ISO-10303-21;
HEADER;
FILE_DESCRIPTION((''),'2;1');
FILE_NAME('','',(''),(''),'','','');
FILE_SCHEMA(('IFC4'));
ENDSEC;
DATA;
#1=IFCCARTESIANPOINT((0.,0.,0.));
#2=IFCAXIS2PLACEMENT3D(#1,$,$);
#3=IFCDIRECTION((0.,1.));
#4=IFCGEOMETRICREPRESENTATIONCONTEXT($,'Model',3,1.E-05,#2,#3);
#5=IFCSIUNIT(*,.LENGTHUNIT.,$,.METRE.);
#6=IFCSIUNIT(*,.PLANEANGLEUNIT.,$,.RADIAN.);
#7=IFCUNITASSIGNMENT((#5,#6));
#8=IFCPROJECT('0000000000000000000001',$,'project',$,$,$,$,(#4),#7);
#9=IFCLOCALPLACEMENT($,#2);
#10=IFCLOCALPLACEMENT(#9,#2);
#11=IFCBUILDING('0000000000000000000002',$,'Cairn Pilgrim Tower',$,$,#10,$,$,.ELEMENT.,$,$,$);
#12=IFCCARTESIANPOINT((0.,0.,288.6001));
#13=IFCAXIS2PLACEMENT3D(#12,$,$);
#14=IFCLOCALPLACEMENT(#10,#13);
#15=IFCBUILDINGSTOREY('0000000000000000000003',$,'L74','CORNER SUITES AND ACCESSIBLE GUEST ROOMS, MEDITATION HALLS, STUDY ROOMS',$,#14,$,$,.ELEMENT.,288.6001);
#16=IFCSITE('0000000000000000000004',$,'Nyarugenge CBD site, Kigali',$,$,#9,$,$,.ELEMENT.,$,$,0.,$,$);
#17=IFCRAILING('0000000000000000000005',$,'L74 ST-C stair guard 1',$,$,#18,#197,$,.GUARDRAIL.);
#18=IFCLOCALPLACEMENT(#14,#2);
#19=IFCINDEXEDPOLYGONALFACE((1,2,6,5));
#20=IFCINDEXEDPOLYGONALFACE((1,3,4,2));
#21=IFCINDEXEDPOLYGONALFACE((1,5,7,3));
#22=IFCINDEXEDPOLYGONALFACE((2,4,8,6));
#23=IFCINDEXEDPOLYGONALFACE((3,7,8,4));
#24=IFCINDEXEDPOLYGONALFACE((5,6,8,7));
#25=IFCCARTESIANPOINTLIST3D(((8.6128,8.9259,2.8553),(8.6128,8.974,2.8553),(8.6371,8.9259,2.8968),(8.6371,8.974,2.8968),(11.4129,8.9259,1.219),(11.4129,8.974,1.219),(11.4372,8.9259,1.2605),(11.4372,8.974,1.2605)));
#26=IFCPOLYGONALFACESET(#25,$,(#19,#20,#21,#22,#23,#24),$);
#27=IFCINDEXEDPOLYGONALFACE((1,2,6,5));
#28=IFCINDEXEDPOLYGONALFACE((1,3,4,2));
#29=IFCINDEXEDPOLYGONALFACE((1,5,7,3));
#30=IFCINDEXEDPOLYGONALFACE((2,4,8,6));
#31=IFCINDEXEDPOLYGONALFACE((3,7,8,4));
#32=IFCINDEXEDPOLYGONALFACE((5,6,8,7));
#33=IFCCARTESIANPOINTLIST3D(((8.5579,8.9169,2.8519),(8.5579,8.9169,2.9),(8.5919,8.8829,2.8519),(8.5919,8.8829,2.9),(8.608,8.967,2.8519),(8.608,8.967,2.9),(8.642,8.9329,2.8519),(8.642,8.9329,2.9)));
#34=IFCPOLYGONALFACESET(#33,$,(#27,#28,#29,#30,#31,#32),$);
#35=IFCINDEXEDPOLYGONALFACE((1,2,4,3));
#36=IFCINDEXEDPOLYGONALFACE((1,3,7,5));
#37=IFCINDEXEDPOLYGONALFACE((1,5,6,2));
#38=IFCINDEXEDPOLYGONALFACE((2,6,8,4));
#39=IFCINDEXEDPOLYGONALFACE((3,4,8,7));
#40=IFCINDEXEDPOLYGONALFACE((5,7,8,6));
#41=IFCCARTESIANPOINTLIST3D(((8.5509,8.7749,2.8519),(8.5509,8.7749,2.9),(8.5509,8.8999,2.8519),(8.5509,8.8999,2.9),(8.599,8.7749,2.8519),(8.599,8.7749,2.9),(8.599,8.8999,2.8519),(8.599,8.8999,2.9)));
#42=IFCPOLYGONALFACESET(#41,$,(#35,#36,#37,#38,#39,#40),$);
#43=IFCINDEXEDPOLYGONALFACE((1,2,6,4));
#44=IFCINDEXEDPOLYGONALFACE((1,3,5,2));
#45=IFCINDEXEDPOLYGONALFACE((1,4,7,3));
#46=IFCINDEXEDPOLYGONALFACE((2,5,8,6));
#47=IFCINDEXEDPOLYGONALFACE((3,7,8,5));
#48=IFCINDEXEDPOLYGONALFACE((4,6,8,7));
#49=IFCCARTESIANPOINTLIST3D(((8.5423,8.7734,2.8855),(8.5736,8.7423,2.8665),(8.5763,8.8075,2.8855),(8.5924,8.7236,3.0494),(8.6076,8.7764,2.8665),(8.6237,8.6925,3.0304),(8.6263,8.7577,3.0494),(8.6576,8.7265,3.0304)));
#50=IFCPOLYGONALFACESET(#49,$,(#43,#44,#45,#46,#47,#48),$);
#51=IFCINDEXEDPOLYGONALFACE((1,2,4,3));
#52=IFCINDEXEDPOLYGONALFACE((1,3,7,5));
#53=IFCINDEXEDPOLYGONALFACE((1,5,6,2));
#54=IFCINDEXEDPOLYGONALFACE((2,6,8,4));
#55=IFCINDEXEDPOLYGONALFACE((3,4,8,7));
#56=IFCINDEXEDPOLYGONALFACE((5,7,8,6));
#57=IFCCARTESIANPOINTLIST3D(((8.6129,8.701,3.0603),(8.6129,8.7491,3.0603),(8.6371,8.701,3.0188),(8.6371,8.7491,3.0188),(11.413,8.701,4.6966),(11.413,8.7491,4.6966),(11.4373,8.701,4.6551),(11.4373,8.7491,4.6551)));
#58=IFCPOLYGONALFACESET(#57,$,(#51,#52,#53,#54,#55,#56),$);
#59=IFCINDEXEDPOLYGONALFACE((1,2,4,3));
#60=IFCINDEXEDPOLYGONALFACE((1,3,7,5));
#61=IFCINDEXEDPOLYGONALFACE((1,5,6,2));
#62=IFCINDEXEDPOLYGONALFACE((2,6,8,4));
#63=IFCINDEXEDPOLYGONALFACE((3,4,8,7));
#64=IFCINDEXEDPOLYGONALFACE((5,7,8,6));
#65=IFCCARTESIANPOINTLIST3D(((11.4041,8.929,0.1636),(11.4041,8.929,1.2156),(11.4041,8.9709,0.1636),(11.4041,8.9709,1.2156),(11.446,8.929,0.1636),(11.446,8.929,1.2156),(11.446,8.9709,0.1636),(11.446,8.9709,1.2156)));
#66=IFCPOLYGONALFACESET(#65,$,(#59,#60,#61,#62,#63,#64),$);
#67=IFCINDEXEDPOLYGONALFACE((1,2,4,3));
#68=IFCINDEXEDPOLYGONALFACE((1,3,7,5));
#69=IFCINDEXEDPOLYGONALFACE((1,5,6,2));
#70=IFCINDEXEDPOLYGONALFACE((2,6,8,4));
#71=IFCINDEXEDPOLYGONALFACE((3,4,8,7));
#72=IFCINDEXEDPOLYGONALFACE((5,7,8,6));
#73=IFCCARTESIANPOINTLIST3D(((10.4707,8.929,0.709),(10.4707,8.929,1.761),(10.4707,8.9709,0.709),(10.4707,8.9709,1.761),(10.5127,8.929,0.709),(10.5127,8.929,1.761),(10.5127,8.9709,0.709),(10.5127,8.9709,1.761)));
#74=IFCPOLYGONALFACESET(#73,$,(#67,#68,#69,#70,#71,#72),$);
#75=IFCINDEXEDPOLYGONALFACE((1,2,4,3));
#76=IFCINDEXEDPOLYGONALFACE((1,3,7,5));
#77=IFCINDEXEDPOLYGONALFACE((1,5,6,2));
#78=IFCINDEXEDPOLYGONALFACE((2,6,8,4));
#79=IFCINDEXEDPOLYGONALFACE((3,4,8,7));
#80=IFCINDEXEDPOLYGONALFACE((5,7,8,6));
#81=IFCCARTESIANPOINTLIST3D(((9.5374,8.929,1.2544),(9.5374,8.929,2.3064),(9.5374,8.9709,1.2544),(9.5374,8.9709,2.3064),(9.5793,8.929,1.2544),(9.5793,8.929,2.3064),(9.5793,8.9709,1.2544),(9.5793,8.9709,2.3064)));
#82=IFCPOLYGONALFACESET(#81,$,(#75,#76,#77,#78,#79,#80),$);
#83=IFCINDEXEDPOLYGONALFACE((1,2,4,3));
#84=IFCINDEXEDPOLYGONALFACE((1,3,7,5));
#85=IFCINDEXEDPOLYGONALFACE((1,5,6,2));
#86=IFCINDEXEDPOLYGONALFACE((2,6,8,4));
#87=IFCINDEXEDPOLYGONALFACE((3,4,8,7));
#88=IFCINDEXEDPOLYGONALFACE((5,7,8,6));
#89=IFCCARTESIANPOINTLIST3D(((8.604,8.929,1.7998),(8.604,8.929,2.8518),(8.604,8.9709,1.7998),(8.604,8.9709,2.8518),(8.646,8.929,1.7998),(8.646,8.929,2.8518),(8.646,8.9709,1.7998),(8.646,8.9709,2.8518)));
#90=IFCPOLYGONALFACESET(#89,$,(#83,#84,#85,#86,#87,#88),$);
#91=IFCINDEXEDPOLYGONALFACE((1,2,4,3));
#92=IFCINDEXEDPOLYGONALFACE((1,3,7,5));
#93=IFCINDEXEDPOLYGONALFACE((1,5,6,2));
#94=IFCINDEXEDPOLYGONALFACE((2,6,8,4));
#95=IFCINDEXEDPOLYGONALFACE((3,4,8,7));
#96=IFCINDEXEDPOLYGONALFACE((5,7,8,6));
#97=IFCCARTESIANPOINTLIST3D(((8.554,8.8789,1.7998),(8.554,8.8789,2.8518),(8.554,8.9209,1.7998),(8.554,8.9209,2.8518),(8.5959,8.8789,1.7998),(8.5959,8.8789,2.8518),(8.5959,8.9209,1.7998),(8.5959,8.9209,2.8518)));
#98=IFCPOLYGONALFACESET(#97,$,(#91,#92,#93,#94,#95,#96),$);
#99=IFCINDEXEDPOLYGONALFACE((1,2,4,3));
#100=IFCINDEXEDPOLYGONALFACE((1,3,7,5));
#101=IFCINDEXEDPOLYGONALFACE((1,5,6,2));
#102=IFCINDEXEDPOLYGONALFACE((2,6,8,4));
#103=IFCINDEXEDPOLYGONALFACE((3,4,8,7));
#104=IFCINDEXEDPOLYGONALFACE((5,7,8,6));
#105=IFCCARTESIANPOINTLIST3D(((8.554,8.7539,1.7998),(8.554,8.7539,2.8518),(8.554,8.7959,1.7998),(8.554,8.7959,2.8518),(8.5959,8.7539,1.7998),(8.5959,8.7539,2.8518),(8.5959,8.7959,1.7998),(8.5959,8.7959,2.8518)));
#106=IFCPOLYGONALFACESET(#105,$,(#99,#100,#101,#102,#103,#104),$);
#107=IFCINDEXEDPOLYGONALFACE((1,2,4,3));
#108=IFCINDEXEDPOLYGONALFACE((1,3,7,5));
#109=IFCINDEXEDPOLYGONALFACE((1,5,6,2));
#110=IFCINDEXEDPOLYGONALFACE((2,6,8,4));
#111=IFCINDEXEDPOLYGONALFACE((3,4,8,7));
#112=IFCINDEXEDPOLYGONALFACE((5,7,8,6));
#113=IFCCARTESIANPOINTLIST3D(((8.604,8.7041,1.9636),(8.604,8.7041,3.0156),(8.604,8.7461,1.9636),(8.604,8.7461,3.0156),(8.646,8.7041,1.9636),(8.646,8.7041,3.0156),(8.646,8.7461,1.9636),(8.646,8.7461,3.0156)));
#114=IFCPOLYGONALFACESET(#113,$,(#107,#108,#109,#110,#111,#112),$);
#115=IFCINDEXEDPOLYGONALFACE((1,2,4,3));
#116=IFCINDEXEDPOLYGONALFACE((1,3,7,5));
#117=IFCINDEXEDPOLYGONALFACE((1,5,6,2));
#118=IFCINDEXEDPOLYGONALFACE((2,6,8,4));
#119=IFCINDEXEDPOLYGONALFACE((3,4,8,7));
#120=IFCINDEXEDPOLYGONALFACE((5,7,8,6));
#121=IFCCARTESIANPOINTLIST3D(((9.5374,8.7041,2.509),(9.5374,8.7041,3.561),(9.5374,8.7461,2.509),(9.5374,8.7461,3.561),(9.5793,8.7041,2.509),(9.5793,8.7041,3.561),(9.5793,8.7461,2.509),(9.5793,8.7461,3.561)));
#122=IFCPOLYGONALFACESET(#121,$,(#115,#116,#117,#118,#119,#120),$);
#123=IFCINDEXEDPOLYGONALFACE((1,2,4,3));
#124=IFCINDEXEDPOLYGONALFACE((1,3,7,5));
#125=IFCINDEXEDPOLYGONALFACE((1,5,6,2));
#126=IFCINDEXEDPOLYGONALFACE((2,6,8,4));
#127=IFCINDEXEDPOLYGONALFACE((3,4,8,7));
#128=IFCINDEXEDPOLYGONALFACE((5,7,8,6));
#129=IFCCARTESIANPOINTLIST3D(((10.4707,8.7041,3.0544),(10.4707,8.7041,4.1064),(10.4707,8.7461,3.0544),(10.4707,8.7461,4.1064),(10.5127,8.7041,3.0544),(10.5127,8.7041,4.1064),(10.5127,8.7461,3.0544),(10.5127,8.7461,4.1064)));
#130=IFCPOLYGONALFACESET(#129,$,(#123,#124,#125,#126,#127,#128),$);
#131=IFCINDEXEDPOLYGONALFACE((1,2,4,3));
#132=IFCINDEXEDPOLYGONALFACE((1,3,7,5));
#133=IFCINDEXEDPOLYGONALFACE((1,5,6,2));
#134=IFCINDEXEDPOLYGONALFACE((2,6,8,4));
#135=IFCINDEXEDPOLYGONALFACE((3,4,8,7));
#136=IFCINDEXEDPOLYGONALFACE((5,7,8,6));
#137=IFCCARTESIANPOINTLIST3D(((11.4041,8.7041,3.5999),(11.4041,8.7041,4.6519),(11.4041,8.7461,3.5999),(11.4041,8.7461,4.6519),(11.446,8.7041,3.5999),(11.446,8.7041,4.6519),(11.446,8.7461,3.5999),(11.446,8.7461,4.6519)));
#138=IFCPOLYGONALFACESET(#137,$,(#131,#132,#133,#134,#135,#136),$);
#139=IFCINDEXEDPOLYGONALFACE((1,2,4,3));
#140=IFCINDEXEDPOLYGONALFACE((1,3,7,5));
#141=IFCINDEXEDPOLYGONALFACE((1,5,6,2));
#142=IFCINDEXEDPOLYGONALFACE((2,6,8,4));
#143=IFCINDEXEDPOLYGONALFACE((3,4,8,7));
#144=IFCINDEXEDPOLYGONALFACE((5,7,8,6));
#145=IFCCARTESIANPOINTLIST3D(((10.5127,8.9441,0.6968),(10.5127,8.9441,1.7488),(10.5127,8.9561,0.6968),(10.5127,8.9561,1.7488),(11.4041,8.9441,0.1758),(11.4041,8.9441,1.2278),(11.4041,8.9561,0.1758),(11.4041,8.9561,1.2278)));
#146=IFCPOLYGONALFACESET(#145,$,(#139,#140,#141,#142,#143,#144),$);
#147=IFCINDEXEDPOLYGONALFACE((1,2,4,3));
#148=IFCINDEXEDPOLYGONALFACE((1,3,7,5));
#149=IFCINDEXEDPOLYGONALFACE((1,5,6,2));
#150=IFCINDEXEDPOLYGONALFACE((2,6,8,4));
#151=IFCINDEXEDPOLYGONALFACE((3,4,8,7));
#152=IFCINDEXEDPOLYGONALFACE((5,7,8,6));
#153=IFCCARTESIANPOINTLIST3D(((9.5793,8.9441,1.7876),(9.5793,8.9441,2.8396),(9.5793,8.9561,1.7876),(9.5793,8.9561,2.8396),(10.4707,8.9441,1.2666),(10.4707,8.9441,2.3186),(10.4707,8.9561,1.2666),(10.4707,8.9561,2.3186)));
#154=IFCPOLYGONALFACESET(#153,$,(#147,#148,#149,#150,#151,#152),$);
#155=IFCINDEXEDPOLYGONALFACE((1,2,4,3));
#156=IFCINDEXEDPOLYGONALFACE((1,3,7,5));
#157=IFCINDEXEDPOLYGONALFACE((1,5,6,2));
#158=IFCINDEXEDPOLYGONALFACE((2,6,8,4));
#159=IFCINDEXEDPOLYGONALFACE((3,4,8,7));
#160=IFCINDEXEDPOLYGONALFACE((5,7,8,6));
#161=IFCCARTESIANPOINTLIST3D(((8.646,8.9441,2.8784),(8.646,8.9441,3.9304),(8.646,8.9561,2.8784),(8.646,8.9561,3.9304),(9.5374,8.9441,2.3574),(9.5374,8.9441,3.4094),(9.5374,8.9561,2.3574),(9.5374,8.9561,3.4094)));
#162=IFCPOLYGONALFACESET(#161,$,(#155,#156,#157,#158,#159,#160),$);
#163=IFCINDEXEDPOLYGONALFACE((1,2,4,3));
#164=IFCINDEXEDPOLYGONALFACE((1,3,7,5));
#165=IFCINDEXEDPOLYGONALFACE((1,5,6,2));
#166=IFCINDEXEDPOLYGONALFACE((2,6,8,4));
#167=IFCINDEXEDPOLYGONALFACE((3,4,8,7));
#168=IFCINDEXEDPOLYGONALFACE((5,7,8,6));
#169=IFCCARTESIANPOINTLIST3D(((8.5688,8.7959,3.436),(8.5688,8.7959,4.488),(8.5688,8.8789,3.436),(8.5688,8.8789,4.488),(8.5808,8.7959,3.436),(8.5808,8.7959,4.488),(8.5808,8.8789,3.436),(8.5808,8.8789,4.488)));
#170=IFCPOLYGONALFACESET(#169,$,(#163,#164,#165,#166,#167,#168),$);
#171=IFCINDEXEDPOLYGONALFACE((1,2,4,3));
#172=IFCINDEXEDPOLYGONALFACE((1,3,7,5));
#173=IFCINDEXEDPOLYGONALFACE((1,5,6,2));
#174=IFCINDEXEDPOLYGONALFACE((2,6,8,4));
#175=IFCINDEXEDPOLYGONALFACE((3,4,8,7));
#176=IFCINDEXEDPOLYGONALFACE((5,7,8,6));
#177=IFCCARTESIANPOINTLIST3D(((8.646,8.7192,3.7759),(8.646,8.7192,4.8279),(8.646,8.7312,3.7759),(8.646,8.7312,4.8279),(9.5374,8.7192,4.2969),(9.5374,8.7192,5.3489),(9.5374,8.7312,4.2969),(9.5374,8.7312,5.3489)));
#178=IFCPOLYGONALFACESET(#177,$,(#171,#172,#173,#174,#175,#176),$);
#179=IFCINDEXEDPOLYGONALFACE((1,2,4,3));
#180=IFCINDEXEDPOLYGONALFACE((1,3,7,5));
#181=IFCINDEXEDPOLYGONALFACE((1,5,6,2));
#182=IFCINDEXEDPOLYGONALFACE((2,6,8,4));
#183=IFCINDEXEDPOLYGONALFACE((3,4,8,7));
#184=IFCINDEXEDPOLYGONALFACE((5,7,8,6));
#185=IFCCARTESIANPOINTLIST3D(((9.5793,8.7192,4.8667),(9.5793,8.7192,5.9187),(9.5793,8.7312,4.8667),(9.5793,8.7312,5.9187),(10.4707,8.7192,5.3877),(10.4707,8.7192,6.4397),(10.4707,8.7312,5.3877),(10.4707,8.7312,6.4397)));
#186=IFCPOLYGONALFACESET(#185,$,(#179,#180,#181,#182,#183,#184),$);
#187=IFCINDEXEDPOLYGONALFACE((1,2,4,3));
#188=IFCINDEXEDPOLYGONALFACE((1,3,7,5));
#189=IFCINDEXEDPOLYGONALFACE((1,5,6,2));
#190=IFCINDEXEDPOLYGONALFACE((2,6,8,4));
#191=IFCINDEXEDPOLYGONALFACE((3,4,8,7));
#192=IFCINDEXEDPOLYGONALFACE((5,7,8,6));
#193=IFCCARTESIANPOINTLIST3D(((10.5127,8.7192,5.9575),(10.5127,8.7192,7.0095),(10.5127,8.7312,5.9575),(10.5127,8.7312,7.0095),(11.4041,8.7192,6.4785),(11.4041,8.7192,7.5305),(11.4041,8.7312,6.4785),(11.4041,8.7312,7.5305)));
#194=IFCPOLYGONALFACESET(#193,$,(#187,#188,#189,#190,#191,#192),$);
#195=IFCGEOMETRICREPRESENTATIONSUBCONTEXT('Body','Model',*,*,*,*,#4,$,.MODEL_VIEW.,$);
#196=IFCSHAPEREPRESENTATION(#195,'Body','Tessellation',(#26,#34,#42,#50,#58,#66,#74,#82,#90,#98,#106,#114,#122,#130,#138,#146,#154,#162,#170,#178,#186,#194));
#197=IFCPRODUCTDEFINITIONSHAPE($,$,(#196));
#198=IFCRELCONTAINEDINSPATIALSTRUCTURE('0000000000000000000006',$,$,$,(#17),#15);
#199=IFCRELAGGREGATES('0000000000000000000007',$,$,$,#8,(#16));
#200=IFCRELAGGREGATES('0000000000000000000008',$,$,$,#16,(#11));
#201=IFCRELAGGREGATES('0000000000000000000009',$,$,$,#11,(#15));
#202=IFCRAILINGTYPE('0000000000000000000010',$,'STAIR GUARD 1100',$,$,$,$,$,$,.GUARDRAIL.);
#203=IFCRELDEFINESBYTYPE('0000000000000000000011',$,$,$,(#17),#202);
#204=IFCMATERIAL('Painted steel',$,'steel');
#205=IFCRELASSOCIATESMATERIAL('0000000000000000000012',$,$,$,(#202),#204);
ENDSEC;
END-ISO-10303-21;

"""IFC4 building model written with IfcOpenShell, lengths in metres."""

from ifc_helpers import new_model, si_unit, direction, frame, origin, origin_2d, place, context, subcontext, project, spatial, polyline, rectangle, outline, extrude, material, type_object, element, save


model = new_model("IFC4")

# Units and contexts
model_context = context("Model", 3, precision=1e-05, world=origin(), true_north=direction((0.0, 1.0)))
body_context = subcontext(model_context, "Body", "Model", "MODEL_VIEW")
ifc_project = project(units=[si_unit("LENGTHUNIT", "METRE"), si_unit("PLANEANGLEUNIT", "RADIAN")], contexts=[model_context])

# Site, building, storey
site_placement = place(None, origin())
site = spatial("IfcSite", under=ifc_project, at=site_placement, Name="Nyarugenge CBD site, Kigali", CompositionType="ELEMENT", RefElevation=0.0)
building_placement = place(site_placement, origin())
building = spatial("IfcBuilding", under=site, at=building_placement, Name="Cairn Pilgrim Tower", CompositionType="ELEMENT")
storey_placement = place(building_placement, frame((0.0, 0.0, 288.6001)))
storey = spatial("IfcBuildingStorey", under=building, at=storey_placement, Name="L74", Description="CORNER SUITES AND ACCESSIBLE GUEST ROOMS, MEDITATION HALLS, STUDY ROOMS", CompositionType="ELEMENT", Elevation=288.6001)

# Shared definitions
ifc_material_1 = material(Name="Painted steel", Category="steel")

# Railing
railing_type_1 = type_object("IfcRailingType", Name="STAIR GUARD 1100", PredefinedType="GUARDRAIL", material=ifc_material_1)
railing_1_placement = place(storey_placement, frame((11.425, 8.95, 0.1636)))
element("IfcRailing", 1, at=railing_1_placement, inside=storey, type_object=railing_type_1, Name="L74 ST-C stair guard 1", PredefinedType="GUARDRAIL", context=body_context, shape_type="SweptSolid", body=[
    extrude(rectangle(XDim=0.0481, YDim=0.0481, at=origin_2d()), frame((0.0, 0.0, 1.0762), z_axis=(-0.863394, 0.0, 0.504531), x_axis=(0.0, -1.0, 0.0)), (0.0, 0.0, 1.0), 3.2432),
    extrude(rectangle(XDim=0.0481, YDim=0.0481, at=origin_2d()), frame((-2.8, 0.0, 2.7124), z_axis=(-0.707107, -0.707107, 0.0), x_axis=(0.707107, -0.707107, 0.0)), (0.0, 0.0, 1.0), 0.0708),
    extrude(rectangle(XDim=0.0481, YDim=0.0481, at=origin_2d()), frame((-2.8501, -0.05, 2.7124), z_axis=(0.0, -1.0, 0.0), x_axis=(1.0, 0.0, 0.0)), (0.0, 0.0, 1.0), 0.125),
    extrude(rectangle(XDim=0.0481, YDim=0.0481, at=origin_2d()), frame((-2.8501, -0.175, 2.7124), z_axis=(0.280564, -0.279195, 0.918332), x_axis=(0.705376, 0.708834, 0.0)), (0.0, 0.0, 1.0), 0.1785),
    extrude(rectangle(XDim=0.0481, YDim=0.0481, at=origin_2d()), frame((-2.8, -0.2249, 2.876), z_axis=(0.863394, 0.0, 0.504531), x_axis=(0.0, 1.0, 0.0)), (0.0, 0.0, 1.0), 3.2432),
    extrude(rectangle(XDim=0.042, YDim=0.042, at=origin_2d()), origin(), (0.0, 0.0, 1.0), 1.052),
    extrude(rectangle(XDim=0.042, YDim=0.042, at=origin_2d()), frame((-0.9333, 0.0, 0.5454)), (0.0, 0.0, 1.0), 1.052),
    extrude(rectangle(XDim=0.042, YDim=0.042, at=origin_2d()), frame((-1.8667, 0.0, 1.0908)), (0.0, 0.0, 1.0), 1.052),
    extrude(rectangle(XDim=0.042, YDim=0.042, at=origin_2d()), frame((-2.8, 0.0, 1.6362)), (0.0, 0.0, 1.0), 1.052),
    extrude(rectangle(XDim=0.042, YDim=0.042, at=origin_2d()), frame((-2.8501, -0.05, 1.6362)), (0.0, 0.0, 1.0), 1.052),
    extrude(rectangle(XDim=0.042, YDim=0.042, at=origin_2d()), frame((-2.8501, -0.175, 1.6362)), (0.0, 0.0, 1.0), 1.052),
    extrude(rectangle(XDim=0.042, YDim=0.042, at=origin_2d()), frame((-2.8, -0.2249, 1.8)), (0.0, 0.0, 1.0), 1.052),
    extrude(rectangle(XDim=0.042, YDim=0.042, at=origin_2d()), frame((-1.8667, -0.2249, 2.3455)), (0.0, 0.0, 1.0), 1.052),
    extrude(rectangle(XDim=0.042, YDim=0.042, at=origin_2d()), frame((-0.9333, -0.2249, 2.8909)), (0.0, 0.0, 1.0), 1.052),
    extrude(rectangle(XDim=0.042, YDim=0.042, at=origin_2d()), frame((0.0, -0.2249, 3.4363)), (0.0, 0.0, 1.0), 1.052),
    extrude(outline(polyline([(0.021, 0.0122), (0.9124, 0.5332), (0.9124, 1.5852), (0.021, 1.0642), (0.021, 0.0122)])), frame((0.0, -0.0059, 0.0), z_axis=(0.0, 1.0, 0.0), x_axis=(-1.0, 0.0, 0.0)), (0.0, 0.0, 1.0), 0.012),
    extrude(outline(polyline([(0.021, 0.5576), (0.9124, 1.0786), (0.9124, 2.1306), (0.021, 1.6096), (0.021, 0.5576)])), frame((-0.9333, -0.0059, 0.5454), z_axis=(0.0, 1.0, 0.0), x_axis=(-1.0, 0.0, 0.0)), (0.0, 0.0, 1.0), 0.012),
    extrude(outline(polyline([(0.021, 1.103), (0.9124, 1.624), (0.9124, 2.676), (0.021, 2.155), (0.021, 1.103)])), frame((-1.8667, -0.0059, 1.0908), z_axis=(0.0, 1.0, 0.0), x_axis=(-1.0, 0.0, 0.0)), (0.0, 0.0, 1.0), 0.012),
    extrude(outline(polyline([(0.021, 1.6362), (0.104, 1.6362), (0.104, 2.6882), (0.021, 2.6882), (0.021, 1.6362)])), frame((-2.8442, -0.05, 1.6362), z_axis=(-1.0, 0.0, 0.0), x_axis=(0.0, -1.0, 0.0)), (0.0, 0.0, 1.0), 0.012),
    extrude(outline(polyline([(0.021, 1.8123), (0.9124, 2.3333), (0.9124, 3.3853), (0.021, 2.8643), (0.021, 1.8123)])), frame((-2.8, -0.2188, 1.8), z_axis=(0.0, -1.0, 0.0), x_axis=(1.0, 0.0, 0.0)), (0.0, 0.0, 1.0), 0.012),
    extrude(outline(polyline([(0.021, 2.3577), (0.9124, 2.8787), (0.9124, 3.9307), (0.021, 3.4097), (0.021, 2.3577)])), frame((-1.8667, -0.2188, 2.3455), z_axis=(0.0, -1.0, 0.0), x_axis=(1.0, 0.0, 0.0)), (0.0, 0.0, 1.0), 0.012),
    extrude(outline(polyline([(0.021, 2.9031), (0.9124, 3.4241), (0.9124, 4.4761), (0.021, 3.9551), (0.021, 2.9031)])), frame((-0.9333, -0.2188, 2.8909), z_axis=(0.0, -1.0, 0.0), x_axis=(1.0, 0.0, 0.0)), (0.0, 0.0, 1.0), 0.012),
])

save(model, "model.ifc")
